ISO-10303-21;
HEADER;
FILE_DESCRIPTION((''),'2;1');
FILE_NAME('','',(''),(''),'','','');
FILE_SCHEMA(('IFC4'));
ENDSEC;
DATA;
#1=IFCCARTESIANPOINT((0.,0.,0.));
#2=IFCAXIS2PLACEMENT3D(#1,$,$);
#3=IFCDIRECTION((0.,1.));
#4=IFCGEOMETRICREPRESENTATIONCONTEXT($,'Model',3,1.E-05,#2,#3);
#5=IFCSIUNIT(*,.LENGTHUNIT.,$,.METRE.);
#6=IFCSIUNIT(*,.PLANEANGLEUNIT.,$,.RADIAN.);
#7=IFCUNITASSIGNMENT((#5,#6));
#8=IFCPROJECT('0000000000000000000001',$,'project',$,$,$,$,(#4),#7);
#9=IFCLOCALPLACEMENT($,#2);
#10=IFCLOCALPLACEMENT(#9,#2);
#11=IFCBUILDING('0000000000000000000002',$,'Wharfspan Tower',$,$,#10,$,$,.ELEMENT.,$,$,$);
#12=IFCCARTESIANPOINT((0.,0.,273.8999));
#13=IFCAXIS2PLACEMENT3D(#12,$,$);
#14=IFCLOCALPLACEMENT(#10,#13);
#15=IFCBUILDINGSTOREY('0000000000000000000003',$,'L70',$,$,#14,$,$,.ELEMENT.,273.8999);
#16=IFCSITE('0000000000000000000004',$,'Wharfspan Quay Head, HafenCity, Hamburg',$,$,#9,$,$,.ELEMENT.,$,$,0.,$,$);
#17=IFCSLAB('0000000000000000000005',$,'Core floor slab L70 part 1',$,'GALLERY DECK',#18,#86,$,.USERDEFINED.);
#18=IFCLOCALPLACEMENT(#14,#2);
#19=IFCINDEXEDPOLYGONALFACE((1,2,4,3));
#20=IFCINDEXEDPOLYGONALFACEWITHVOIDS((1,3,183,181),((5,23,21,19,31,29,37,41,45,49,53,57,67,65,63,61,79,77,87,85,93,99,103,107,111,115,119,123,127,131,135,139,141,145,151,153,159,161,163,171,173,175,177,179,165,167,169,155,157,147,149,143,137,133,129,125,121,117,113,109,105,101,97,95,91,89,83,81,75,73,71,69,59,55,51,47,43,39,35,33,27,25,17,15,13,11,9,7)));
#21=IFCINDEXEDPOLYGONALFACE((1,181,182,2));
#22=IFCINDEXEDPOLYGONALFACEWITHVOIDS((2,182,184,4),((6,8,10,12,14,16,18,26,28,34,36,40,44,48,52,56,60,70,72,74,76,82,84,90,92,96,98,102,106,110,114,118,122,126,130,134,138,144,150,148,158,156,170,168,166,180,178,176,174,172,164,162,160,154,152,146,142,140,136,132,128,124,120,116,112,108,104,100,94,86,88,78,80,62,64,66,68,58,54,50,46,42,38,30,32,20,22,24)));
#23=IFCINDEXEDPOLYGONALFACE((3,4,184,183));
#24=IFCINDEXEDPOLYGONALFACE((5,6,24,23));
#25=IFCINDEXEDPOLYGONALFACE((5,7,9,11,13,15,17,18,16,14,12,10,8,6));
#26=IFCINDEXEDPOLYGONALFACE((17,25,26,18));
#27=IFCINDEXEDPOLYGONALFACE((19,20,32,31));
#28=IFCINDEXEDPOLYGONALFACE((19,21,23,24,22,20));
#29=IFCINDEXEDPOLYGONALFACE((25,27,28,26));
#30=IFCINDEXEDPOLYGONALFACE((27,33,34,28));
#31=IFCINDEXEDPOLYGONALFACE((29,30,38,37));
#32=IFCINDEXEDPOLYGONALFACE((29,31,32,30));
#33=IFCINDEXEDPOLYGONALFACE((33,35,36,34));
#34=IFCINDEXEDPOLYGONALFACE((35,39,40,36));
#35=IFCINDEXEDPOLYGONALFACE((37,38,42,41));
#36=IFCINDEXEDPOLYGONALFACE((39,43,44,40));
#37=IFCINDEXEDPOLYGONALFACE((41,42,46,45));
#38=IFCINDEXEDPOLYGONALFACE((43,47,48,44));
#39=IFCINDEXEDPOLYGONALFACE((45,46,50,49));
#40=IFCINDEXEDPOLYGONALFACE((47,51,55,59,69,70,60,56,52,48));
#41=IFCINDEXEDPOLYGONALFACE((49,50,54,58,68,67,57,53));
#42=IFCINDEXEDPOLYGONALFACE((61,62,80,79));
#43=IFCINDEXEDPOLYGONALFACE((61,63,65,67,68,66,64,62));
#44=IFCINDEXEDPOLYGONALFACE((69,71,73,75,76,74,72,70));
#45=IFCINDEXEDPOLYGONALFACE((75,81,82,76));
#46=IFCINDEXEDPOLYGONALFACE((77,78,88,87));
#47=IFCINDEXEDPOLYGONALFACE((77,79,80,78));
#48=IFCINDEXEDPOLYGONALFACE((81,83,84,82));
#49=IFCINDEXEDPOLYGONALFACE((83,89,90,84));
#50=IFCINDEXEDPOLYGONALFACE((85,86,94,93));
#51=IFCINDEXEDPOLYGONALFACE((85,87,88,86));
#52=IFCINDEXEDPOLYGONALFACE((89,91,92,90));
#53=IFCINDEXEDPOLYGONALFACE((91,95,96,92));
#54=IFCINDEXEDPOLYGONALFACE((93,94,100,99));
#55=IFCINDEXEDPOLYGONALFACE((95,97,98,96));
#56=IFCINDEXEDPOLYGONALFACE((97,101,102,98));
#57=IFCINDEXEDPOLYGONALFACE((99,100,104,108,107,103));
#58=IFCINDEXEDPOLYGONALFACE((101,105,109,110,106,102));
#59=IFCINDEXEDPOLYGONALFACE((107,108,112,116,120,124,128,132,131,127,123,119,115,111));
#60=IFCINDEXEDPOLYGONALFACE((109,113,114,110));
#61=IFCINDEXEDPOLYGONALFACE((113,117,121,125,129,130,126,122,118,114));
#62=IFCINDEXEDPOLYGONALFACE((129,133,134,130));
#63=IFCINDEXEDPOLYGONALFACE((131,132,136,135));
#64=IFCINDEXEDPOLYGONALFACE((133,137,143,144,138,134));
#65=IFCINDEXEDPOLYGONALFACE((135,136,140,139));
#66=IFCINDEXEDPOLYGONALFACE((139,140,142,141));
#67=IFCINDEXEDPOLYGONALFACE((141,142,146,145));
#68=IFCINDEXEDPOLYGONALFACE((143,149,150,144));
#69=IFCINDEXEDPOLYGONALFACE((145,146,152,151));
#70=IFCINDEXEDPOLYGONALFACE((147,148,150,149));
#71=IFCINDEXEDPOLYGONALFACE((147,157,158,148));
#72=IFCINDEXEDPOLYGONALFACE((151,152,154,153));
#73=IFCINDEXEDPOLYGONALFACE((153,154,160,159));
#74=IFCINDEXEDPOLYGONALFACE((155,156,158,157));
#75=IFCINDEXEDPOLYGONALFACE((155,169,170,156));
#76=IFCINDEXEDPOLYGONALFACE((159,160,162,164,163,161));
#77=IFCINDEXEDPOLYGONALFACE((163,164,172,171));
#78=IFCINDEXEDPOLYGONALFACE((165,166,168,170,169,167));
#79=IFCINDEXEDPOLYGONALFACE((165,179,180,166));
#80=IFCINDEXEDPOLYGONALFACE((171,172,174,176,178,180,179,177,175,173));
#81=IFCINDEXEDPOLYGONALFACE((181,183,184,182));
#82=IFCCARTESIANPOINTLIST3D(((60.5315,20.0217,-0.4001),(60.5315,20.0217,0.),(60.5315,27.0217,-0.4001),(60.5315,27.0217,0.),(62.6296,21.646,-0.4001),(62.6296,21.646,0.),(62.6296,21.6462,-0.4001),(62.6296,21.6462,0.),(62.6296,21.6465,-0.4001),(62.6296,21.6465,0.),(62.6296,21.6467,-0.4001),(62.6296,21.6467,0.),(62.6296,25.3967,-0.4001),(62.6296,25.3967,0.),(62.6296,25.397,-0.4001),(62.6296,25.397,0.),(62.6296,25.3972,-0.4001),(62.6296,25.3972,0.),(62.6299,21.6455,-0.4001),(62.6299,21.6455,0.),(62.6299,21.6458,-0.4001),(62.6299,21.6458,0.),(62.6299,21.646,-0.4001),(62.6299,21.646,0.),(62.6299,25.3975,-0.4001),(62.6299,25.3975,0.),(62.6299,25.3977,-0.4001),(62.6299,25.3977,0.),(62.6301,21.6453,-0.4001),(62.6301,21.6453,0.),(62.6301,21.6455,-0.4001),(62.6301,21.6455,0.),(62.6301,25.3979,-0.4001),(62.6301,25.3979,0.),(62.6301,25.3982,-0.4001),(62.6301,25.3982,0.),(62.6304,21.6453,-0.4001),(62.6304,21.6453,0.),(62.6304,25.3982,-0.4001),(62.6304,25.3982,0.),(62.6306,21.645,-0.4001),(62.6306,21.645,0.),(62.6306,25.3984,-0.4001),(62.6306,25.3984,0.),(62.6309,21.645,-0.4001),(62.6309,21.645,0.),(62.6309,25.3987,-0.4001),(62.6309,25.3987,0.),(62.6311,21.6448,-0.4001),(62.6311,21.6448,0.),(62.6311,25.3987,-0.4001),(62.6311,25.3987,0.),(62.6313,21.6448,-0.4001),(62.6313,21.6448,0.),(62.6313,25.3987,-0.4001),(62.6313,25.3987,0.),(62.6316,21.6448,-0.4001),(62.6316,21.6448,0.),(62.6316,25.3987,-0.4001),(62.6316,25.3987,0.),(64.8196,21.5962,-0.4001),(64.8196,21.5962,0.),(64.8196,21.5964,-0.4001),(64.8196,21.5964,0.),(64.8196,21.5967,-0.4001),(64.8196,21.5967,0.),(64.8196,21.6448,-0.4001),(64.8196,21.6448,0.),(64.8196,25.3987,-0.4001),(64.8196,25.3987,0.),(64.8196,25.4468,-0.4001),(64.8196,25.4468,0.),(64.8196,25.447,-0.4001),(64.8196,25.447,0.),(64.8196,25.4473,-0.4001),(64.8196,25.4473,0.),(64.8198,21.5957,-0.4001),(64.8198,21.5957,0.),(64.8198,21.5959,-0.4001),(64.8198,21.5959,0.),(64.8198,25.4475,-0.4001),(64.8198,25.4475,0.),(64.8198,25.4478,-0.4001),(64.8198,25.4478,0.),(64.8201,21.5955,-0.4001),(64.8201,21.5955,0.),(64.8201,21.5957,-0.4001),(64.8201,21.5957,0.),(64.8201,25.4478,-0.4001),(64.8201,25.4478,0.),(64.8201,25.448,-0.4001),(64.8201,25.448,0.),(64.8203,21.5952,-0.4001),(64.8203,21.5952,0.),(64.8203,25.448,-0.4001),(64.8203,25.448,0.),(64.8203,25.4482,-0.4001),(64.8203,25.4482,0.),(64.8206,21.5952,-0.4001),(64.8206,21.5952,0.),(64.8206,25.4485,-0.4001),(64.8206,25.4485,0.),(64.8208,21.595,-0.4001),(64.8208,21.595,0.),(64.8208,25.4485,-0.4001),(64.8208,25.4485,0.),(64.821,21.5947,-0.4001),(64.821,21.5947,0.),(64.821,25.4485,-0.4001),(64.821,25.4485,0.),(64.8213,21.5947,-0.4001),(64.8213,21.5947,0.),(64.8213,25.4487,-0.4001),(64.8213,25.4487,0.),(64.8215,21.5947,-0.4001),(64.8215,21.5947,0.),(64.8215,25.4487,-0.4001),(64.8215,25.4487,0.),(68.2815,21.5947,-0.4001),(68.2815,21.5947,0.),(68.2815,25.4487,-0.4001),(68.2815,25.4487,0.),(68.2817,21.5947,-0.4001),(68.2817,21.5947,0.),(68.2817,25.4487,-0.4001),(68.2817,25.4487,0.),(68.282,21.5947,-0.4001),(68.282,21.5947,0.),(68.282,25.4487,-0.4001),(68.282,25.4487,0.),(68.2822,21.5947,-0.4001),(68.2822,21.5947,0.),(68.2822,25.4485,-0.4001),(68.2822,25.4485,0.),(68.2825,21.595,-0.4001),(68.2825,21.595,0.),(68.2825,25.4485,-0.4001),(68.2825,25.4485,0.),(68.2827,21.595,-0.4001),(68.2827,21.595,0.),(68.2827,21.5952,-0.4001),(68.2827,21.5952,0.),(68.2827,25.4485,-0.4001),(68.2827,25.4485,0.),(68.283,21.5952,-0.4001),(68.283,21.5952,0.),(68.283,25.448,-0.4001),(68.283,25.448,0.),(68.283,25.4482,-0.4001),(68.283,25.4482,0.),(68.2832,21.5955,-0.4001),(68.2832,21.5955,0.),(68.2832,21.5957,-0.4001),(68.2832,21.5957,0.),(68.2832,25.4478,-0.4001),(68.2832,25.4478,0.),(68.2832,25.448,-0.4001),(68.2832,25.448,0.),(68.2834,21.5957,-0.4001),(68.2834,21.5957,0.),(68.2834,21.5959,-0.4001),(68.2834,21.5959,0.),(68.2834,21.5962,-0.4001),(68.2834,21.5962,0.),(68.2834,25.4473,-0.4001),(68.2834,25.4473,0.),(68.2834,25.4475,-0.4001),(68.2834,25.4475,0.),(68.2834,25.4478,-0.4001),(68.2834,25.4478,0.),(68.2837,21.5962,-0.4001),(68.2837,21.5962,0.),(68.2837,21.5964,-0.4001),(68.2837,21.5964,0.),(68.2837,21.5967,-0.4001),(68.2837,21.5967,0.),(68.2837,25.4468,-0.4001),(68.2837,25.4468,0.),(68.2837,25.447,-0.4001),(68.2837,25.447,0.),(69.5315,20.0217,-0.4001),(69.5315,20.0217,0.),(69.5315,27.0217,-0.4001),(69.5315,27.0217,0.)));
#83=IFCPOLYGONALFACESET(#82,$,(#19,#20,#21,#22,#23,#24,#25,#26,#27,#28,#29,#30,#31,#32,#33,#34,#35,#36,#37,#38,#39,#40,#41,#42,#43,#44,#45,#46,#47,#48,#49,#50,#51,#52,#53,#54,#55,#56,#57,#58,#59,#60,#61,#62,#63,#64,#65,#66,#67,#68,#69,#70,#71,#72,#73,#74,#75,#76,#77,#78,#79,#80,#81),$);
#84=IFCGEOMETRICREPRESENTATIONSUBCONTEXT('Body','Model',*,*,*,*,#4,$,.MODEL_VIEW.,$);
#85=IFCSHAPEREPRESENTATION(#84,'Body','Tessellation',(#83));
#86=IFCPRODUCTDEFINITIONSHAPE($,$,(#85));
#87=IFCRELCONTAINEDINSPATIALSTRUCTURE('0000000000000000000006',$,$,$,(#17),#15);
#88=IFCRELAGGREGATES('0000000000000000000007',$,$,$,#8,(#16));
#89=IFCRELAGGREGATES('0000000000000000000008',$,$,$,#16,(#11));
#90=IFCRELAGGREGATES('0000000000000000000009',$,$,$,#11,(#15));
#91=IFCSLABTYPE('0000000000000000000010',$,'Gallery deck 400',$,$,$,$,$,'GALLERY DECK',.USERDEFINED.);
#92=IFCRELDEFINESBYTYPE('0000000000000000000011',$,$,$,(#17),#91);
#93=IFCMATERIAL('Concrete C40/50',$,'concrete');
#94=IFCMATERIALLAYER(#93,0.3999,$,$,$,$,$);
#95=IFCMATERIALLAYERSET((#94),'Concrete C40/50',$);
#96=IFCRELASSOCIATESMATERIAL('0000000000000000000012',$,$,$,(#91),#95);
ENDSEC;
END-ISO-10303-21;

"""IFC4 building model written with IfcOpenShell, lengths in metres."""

from ifc_helpers import new_model, si_unit, direction, frame, origin, place, context, subcontext, project, spatial, polyline, outline, extrude, material, layer, layer_set, type_object, element, save


model = new_model("IFC4")

# Units and contexts
model_context = context("Model", 3, precision=1e-05, world=origin(), true_north=direction((0.0, 1.0)))
body_context = subcontext(model_context, "Body", "Model", "MODEL_VIEW")
ifc_project = project(units=[si_unit("LENGTHUNIT", "METRE"), si_unit("PLANEANGLEUNIT", "RADIAN")], contexts=[model_context])

# Site, building, storey
site_placement = place(None, origin())
site = spatial("IfcSite", under=ifc_project, at=site_placement, Name="Wharfspan Quay Head, HafenCity, Hamburg", CompositionType="ELEMENT", RefElevation=0.0)
building_placement = place(site_placement, origin())
building = spatial("IfcBuilding", under=site, at=building_placement, Name="Wharfspan Tower", CompositionType="ELEMENT")
storey_placement = place(building_placement, frame((0.0, 0.0, 273.8999)))
storey = spatial("IfcBuildingStorey", under=building, at=storey_placement, Name="L70", CompositionType="ELEMENT", Elevation=273.8999)

# Slab
ifc_material_1 = material(Name="Concrete C40/50", Category="concrete")
ifc_layer_1 = layer(ifc_material_1, 0.3999)
ifc_layer_set_1 = layer_set([ifc_layer_1], Name="Concrete C40/50")
slab_type_1 = type_object("IfcSlabType", Name="Gallery deck 400", ElementType="GALLERY DECK", PredefinedType="USERDEFINED", material=ifc_layer_set_1)
slab_1_placement = place(storey_placement, frame((0.0, 0.0, -0.4001)))
element("IfcSlab", 1, at=slab_1_placement, inside=storey, type_object=slab_type_1, Name="Core floor slab L70 part 1", ObjectType="GALLERY DECK", PredefinedType="USERDEFINED", context=body_context, shape_type="SweptSolid", body=[
    extrude(outline(polyline([(60.5315, 20.0217), (69.5315, 20.0217), (69.5315, 27.0217), (60.5315, 27.0217), (60.5315, 20.0217)]), holes=[polyline([(64.8196, 25.3987), (64.8196, 25.4468), (64.8196, 25.447), (64.8196, 25.447), (64.8196, 25.4473), (64.8198, 25.4475), (64.8198, 25.4478), (64.8201, 25.4478), (64.8201, 25.448), (64.8203, 25.448), (64.8203, 25.4482), (64.8206, 25.4485), (64.8208, 25.4485), (64.8208, 25.4485), (64.821, 25.4485), (64.8213, 25.4487), (64.8213, 25.4487), (64.8215, 25.4487), (68.2815, 25.4487), (68.2817, 25.4487), (68.282, 25.4487), (68.2822, 25.4485), (68.2825, 25.4485), (68.2827, 25.4485), (68.2827, 25.4485), (68.283, 25.4482), (68.283, 25.448), (68.2832, 25.448), (68.2832, 25.4478), (68.2834, 25.4478), (68.2834, 25.4475), (68.2834, 25.4473), (68.2837, 25.447), (68.2837, 25.447), (68.2837, 25.4468), (68.2837, 21.5967), (68.2837, 21.5964), (68.2837, 21.5962), (68.2834, 21.5962), (68.2834, 21.5959), (68.2834, 21.5957), (68.2832, 21.5957), (68.2832, 21.5955), (68.283, 21.5952), (68.283, 21.5952), (68.2827, 21.5952), (68.2827, 21.595), (68.2825, 21.595), (68.2822, 21.5947), (68.282, 21.5947), (68.2817, 21.5947), (68.2815, 21.5947), (64.8215, 21.5947), (64.8213, 21.5947), (64.8213, 21.5947), (64.821, 21.5947), (64.8208, 21.595), (64.8208, 21.595), (64.8206, 21.5952), (64.8203, 21.5952), (64.8203, 21.5952), (64.8201, 21.5955), (64.8201, 21.5957), (64.8198, 21.5957), (64.8198, 21.5959), (64.8196, 21.5962), (64.8196, 21.5962), (64.8196, 21.5964), (64.8196, 21.5967), (64.8196, 21.6448), (62.6316, 21.6448), (62.6313, 21.6448), (62.6311, 21.6448), (62.6311, 21.6448), (62.6309, 21.645), (62.6306, 21.645), (62.6306, 21.645), (62.6304, 21.6453), (62.6301, 21.6453), (62.6301, 21.6455), (62.6299, 21.6455), (62.6299, 21.6458), (62.6299, 21.646), (62.6296, 21.646), (62.6296, 21.6462), (62.6296, 21.6465), (62.6296, 21.6467), (62.6296, 25.3967), (62.6296, 25.397), (62.6296, 25.3972), (62.6296, 25.3972), (62.6299, 25.3975), (62.6299, 25.3977), (62.6299, 25.3977), (62.6301, 25.3979), (62.6301, 25.3982), (62.6304, 25.3982), (62.6306, 25.3984), (62.6306, 25.3984), (62.6309, 25.3987), (62.6311, 25.3987), (62.6311, 25.3987), (62.6313, 25.3987), (62.6316, 25.3987), (64.8196, 25.3987)])]), origin(), (0.0, 0.0, 1.0), 0.4001),
])

save(model, "model.ifc")
